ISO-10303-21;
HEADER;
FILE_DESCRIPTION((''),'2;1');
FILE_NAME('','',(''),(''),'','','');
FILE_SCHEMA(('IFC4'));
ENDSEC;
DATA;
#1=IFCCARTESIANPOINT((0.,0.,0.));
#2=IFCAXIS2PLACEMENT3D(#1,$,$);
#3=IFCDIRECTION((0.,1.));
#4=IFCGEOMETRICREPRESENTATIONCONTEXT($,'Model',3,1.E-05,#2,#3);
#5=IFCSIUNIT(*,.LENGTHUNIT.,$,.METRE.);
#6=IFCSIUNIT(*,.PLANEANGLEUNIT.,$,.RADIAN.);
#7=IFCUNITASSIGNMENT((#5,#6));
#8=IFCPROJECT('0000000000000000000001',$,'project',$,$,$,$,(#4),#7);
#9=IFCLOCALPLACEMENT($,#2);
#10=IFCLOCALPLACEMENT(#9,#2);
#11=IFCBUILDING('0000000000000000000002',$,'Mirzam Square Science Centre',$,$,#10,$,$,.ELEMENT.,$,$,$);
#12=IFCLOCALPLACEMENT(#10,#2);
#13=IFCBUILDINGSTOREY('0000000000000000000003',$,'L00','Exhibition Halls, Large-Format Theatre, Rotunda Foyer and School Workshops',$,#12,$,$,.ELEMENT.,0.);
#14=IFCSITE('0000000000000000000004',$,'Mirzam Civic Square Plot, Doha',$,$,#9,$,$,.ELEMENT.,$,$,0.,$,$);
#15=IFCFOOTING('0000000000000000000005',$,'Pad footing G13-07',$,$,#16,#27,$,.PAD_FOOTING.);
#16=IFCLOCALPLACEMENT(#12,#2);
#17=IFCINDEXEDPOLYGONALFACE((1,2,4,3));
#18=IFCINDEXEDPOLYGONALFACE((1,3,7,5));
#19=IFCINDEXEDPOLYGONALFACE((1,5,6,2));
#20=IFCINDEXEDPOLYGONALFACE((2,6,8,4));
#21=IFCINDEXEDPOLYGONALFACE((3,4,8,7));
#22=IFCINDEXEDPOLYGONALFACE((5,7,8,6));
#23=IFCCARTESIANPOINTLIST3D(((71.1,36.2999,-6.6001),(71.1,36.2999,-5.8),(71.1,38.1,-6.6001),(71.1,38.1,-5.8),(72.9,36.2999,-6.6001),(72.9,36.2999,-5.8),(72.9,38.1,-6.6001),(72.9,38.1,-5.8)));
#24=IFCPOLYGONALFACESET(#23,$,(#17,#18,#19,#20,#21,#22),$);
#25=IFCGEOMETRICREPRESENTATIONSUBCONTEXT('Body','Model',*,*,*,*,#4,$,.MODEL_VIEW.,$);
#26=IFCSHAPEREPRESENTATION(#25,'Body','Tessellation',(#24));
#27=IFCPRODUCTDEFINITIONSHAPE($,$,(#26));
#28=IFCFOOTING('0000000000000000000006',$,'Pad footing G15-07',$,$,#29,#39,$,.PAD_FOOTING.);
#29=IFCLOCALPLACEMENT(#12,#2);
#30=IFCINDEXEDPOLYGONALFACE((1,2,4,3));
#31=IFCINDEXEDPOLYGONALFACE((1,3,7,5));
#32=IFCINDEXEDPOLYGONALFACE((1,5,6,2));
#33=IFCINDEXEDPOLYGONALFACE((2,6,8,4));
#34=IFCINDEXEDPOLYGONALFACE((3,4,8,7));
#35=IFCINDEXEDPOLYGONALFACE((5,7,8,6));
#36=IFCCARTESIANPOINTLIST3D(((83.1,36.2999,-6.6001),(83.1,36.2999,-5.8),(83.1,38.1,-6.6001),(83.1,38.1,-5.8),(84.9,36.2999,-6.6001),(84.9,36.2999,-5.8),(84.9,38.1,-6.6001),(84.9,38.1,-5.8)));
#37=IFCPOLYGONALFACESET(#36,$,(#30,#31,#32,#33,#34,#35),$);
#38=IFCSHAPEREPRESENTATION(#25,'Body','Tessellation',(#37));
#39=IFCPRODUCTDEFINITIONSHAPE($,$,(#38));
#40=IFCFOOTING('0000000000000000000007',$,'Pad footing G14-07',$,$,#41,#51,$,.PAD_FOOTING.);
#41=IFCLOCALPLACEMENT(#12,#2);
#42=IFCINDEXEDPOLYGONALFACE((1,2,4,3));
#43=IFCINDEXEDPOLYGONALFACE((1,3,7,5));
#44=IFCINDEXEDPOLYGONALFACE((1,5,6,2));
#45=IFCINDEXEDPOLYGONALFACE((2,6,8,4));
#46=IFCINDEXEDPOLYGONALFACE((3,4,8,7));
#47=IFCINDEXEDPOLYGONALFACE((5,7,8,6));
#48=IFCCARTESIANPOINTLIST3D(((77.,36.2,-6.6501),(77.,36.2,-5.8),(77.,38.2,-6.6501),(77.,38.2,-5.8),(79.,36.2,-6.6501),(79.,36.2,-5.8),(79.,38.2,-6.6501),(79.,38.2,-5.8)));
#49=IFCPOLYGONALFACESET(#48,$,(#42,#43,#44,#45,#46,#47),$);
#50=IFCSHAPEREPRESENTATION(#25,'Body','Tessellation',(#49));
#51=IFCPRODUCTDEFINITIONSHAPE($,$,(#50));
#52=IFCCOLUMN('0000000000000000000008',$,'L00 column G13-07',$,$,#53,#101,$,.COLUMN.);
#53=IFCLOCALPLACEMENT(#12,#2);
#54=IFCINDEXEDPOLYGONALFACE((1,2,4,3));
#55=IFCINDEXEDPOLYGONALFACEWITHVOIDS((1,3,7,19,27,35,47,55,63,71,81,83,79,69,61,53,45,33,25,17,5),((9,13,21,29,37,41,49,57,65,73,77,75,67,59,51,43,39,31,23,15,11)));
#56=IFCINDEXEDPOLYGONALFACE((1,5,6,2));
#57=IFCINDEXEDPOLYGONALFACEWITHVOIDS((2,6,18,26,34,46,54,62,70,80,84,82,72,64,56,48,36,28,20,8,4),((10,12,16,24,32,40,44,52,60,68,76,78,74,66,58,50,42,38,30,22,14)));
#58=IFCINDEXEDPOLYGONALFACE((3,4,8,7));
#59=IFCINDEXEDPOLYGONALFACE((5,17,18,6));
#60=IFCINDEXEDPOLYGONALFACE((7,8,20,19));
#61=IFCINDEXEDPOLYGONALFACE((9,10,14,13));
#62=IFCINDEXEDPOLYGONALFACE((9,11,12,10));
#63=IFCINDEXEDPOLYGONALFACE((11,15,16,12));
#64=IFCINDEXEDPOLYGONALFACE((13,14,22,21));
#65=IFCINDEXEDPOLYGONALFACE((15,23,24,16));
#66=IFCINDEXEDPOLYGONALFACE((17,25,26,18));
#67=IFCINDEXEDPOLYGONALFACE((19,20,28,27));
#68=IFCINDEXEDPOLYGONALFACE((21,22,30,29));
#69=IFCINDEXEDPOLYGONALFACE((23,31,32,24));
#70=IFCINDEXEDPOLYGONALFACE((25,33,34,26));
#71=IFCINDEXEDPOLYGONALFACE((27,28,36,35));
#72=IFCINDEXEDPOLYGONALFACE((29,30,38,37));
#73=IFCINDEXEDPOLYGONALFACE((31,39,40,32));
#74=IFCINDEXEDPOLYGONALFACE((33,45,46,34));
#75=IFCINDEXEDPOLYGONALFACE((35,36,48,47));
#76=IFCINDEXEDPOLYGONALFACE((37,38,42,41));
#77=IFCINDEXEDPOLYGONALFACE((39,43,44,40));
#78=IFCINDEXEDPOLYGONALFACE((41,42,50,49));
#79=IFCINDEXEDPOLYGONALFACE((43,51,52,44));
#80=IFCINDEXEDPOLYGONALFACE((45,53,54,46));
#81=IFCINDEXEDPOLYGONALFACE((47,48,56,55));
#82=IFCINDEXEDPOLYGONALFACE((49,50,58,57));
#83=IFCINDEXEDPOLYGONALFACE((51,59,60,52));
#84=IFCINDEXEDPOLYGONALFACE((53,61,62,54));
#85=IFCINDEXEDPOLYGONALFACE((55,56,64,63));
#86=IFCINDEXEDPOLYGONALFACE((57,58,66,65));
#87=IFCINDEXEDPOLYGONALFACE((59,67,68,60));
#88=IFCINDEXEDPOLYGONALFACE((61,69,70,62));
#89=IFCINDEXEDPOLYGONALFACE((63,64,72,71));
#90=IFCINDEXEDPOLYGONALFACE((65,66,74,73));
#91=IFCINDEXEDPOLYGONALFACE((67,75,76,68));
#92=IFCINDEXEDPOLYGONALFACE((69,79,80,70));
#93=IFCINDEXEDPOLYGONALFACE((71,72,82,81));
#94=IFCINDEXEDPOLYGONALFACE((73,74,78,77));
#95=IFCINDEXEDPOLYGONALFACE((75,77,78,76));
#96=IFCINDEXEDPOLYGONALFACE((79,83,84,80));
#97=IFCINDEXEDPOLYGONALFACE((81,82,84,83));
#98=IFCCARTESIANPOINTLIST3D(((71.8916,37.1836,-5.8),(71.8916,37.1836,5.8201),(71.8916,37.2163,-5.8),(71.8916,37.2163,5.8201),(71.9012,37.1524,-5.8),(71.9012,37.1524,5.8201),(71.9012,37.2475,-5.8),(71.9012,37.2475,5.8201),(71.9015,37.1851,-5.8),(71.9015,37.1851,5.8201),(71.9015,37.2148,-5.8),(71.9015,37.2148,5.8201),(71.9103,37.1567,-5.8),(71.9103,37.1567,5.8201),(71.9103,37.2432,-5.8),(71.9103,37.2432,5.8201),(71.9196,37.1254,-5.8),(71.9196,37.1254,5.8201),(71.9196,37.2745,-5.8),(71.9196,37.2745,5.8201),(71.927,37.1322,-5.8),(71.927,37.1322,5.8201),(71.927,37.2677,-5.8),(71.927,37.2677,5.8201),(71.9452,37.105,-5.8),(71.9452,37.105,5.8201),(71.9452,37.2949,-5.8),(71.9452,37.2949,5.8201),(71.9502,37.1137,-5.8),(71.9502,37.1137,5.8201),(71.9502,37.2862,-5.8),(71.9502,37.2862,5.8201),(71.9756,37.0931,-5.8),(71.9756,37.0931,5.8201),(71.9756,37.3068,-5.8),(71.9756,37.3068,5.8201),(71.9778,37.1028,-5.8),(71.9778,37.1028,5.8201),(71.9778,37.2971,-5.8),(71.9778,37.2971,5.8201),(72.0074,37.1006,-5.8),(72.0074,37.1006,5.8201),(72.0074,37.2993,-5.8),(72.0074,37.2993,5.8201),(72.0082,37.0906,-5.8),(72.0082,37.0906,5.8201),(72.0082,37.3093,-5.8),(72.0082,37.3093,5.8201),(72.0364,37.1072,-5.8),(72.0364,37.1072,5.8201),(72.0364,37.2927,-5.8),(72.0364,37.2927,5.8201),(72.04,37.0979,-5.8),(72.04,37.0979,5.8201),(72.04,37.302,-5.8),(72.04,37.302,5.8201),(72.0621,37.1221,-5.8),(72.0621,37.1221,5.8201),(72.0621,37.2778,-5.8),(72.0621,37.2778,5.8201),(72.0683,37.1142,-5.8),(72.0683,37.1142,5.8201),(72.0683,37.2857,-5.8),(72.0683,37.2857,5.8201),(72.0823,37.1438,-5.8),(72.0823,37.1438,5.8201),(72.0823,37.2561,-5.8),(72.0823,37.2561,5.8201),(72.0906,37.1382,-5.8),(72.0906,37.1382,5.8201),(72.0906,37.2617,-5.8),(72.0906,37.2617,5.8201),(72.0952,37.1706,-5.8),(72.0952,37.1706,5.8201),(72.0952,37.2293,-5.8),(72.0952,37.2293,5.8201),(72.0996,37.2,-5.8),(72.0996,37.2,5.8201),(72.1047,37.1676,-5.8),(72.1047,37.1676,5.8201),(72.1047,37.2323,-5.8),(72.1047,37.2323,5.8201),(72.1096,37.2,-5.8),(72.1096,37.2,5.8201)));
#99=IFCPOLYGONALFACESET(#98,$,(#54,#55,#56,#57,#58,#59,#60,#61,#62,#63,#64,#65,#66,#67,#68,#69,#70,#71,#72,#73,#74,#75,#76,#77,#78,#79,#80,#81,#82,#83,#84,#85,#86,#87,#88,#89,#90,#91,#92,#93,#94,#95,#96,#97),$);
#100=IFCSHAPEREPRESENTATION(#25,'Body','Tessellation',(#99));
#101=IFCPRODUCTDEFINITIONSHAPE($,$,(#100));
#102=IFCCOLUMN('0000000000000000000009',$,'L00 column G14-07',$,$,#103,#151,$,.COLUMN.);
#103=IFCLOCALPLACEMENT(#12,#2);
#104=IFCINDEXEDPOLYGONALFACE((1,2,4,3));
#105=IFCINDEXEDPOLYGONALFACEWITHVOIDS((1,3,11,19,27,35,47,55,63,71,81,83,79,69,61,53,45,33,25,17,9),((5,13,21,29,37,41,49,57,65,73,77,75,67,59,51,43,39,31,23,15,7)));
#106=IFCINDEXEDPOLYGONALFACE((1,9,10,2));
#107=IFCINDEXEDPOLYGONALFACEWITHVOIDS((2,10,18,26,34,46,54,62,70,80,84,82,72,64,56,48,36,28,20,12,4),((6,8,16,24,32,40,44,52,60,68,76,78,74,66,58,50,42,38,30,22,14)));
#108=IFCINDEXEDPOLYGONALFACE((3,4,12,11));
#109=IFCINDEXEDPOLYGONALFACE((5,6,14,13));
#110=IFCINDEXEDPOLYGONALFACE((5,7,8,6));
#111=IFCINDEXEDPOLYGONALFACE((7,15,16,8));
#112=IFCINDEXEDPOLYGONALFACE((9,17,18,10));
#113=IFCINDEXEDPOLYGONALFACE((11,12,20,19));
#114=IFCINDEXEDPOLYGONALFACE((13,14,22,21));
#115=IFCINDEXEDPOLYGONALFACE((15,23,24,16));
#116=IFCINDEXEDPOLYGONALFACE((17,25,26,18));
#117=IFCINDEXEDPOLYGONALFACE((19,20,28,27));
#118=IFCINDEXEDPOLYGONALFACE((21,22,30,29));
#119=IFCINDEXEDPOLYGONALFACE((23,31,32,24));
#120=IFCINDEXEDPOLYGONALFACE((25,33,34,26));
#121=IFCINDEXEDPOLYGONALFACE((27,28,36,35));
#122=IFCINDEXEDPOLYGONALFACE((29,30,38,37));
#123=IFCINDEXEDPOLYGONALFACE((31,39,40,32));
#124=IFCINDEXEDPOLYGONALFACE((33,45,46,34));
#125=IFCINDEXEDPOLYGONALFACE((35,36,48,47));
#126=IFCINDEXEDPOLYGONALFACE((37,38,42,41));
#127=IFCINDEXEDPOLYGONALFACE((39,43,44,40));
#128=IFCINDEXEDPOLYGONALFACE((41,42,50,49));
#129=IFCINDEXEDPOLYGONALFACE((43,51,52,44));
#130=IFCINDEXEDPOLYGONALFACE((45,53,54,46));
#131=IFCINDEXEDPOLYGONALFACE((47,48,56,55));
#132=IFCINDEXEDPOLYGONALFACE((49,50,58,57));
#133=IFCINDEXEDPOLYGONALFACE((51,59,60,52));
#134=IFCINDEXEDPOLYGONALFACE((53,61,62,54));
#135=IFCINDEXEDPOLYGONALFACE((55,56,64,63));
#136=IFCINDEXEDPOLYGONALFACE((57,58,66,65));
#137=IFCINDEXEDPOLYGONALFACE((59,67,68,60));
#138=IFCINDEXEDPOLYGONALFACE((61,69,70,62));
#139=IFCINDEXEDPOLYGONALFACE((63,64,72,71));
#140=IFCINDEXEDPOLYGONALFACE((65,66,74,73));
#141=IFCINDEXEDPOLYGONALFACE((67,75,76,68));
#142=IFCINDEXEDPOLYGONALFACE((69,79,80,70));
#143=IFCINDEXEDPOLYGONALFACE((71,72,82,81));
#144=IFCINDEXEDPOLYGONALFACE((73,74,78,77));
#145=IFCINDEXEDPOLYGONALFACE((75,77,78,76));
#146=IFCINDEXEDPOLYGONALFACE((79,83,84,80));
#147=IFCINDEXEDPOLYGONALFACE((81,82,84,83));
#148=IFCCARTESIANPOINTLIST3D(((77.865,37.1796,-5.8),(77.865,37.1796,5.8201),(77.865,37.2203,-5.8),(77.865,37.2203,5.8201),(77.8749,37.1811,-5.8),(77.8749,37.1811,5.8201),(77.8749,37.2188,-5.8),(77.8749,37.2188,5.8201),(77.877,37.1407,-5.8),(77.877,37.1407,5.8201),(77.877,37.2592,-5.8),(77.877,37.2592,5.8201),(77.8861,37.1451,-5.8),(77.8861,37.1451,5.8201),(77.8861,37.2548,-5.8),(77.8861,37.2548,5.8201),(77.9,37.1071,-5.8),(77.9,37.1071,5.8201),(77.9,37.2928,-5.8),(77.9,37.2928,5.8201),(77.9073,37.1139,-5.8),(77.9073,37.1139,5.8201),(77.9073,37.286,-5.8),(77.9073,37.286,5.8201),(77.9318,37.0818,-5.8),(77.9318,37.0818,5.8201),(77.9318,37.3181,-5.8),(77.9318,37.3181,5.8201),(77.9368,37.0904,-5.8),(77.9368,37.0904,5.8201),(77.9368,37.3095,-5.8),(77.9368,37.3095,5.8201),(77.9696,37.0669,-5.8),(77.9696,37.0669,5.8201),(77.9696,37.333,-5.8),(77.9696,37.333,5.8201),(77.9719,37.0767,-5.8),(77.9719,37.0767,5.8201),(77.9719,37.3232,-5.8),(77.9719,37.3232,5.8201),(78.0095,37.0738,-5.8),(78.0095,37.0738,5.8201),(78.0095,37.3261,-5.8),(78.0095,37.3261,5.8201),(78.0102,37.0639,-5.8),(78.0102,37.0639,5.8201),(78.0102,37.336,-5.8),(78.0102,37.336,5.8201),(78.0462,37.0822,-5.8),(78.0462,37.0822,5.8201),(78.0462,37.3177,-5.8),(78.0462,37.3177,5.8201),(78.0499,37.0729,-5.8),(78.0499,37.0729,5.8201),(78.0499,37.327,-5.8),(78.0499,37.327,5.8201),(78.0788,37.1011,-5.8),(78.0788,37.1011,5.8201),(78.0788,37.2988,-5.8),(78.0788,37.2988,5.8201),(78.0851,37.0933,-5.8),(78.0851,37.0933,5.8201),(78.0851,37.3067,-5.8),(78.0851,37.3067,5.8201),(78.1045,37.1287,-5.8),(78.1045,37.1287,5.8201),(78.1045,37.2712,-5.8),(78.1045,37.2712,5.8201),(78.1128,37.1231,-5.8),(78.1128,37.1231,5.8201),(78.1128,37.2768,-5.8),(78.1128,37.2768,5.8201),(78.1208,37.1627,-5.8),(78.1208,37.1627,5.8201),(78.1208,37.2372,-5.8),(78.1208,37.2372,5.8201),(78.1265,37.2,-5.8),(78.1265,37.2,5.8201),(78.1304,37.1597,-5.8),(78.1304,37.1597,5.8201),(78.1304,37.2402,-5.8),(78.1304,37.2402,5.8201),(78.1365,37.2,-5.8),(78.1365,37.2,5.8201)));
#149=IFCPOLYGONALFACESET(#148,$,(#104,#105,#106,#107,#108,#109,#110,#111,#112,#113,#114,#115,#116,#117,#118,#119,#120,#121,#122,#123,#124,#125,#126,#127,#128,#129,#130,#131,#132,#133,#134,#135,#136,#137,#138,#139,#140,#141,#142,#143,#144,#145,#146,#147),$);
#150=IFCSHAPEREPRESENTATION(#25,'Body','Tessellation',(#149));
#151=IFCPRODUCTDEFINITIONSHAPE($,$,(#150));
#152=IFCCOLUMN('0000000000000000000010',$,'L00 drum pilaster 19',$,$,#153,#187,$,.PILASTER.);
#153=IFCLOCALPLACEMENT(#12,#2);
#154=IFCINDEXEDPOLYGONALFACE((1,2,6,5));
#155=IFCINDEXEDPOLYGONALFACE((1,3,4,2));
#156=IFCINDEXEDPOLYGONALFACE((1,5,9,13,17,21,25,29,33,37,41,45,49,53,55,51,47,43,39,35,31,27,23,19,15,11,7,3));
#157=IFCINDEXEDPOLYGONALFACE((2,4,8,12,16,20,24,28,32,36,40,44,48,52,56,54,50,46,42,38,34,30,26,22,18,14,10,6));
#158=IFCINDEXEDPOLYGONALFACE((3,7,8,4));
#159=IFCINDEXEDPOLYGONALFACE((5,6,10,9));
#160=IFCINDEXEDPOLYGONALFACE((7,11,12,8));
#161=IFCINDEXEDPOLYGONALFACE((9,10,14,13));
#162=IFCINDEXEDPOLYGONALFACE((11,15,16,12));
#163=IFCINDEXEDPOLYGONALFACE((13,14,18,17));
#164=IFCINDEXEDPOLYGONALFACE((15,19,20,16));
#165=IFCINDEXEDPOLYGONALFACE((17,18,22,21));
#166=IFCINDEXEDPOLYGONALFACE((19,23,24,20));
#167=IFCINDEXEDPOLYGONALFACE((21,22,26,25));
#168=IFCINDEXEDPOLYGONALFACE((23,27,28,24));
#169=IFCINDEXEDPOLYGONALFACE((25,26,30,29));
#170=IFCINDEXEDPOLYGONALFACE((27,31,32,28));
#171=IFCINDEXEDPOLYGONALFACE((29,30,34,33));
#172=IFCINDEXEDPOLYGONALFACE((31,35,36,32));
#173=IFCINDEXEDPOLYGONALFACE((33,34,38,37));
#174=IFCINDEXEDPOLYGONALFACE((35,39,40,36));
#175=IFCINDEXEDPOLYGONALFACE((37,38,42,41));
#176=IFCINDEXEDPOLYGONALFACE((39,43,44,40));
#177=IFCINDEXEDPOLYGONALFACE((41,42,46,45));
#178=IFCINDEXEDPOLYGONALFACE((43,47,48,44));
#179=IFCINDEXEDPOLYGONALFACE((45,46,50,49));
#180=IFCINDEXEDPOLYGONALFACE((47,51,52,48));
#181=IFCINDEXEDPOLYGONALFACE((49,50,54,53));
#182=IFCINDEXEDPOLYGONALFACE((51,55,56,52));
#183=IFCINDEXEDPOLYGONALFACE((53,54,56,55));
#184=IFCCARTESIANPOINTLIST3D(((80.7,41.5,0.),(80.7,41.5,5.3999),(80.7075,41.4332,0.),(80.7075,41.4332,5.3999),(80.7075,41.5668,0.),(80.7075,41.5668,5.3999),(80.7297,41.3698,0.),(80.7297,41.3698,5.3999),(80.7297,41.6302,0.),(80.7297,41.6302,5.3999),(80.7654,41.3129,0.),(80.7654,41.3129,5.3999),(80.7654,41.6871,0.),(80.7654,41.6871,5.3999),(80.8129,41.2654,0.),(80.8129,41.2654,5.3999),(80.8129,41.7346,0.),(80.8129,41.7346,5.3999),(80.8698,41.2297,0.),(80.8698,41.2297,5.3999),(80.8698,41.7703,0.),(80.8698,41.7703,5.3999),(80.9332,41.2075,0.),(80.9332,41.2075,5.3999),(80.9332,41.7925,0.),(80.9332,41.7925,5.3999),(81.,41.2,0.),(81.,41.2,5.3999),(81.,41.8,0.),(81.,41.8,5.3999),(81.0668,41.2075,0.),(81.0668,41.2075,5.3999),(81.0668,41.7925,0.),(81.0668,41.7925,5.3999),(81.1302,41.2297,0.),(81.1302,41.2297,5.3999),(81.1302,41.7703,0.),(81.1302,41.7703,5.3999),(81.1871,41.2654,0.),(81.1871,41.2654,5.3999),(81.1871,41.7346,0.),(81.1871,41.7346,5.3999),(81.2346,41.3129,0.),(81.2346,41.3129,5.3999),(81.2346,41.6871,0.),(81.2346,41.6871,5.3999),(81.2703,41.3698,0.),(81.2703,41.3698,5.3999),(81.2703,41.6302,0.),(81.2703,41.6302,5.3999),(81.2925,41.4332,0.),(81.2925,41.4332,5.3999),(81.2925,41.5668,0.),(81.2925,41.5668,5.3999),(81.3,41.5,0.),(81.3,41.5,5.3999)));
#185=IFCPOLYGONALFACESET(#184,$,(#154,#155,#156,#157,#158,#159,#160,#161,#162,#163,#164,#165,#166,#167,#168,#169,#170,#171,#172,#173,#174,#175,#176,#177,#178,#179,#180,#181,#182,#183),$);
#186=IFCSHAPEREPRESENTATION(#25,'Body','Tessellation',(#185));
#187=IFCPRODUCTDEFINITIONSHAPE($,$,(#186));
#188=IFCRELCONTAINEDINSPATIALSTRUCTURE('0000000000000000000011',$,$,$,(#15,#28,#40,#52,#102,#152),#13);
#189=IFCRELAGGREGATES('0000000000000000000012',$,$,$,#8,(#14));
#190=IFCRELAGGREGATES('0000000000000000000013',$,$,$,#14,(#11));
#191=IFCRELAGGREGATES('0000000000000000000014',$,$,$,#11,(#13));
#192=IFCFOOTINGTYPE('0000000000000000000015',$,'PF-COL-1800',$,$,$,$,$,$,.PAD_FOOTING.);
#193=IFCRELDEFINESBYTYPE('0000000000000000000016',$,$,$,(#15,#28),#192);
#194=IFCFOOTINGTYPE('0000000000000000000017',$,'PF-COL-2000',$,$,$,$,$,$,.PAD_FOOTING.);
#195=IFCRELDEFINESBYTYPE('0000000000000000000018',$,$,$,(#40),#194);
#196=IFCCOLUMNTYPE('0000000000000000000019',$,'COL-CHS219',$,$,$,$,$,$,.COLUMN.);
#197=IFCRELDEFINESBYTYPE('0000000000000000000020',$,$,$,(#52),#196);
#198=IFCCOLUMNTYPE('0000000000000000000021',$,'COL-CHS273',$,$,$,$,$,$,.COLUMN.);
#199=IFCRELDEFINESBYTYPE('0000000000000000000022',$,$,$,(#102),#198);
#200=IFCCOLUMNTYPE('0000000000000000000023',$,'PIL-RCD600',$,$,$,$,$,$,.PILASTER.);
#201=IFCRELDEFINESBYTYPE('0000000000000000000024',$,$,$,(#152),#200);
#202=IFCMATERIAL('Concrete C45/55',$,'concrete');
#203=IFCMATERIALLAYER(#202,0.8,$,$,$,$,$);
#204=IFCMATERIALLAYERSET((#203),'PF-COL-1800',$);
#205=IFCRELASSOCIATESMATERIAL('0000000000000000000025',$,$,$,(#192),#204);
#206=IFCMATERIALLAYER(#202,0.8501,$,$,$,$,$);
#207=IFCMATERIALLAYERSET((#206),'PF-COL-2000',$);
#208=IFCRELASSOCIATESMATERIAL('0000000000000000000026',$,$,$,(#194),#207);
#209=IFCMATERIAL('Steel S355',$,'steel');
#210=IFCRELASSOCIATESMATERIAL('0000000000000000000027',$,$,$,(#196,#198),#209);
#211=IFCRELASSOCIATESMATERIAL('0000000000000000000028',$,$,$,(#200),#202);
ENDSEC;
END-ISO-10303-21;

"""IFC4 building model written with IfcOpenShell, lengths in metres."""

from ifc_helpers import new_model, si_unit, direction, frame, origin, origin_2d, place, context, subcontext, project, spatial, rectangle, circle, hollow_circle, extrude, material, layer, layer_set, material_profile, profile_set, type_object, element, save


model = new_model("IFC4")

# Units and contexts
model_context = context("Model", 3, precision=1e-05, world=origin(), true_north=direction((0.0, 1.0)))
body_context = subcontext(model_context, "Body", "Model", "MODEL_VIEW")
ifc_project = project(units=[si_unit("LENGTHUNIT", "METRE"), si_unit("PLANEANGLEUNIT", "RADIAN")], contexts=[model_context])

# Site, building, storey
site_placement = place(None, origin())
site = spatial("IfcSite", under=ifc_project, at=site_placement, Name="Mirzam Civic Square Plot, Doha", CompositionType="ELEMENT", RefElevation=0.0)
building_placement = place(site_placement, origin())
building = spatial("IfcBuilding", under=site, at=building_placement, Name="Mirzam Square Science Centre", CompositionType="ELEMENT")
storey_placement = place(building_placement, origin())
storey = spatial("IfcBuildingStorey", under=building, at=storey_placement, Name="L00", Description="Exhibition Halls, Large-Format Theatre, Rotunda Foyer and School Workshops", CompositionType="ELEMENT", Elevation=0.0)

# Footings
ifc_material_1 = material(Name="Concrete C45/55", Category="concrete")
ifc_layer_1 = layer(ifc_material_1, 0.8)
ifc_layer_set_1 = layer_set([ifc_layer_1], Name="PF-COL-1800")
footing_type_1 = type_object("IfcFootingType", Name="PF-COL-1800", PredefinedType="PAD_FOOTING", material=ifc_layer_set_1)
for number, where, z_axis, x_axis, name in (
    (1, (72.0, 37.2, -6.6001), (0.0, 0.0, 1.0), (1.0, 0.0, 0.0), "Pad footing G13-07"),
    (2, (84.0, 37.2, -6.6001), (0.0, 0.0, 1.0), (1.0, 0.0, 0.0), "Pad footing G15-07"),
):
    element("IfcFooting", number, at=place(storey_placement, frame(where, z_axis=z_axis, x_axis=x_axis)), inside=storey, type_object=footing_type_1, Name=name, PredefinedType="PAD_FOOTING", context=body_context, shape_type="SweptSolid", body=[
        extrude(rectangle(XDim=1.8, YDim=1.8, at=origin_2d()), origin(), (0.0, 0.0, 1.0), 0.8),
    ])
ifc_layer_2 = layer(ifc_material_1, 0.8501)
ifc_layer_set_2 = layer_set([ifc_layer_2], Name="PF-COL-2000")
footing_type_2 = type_object("IfcFootingType", Name="PF-COL-2000", PredefinedType="PAD_FOOTING", material=ifc_layer_set_2)
footing_placement = place(storey_placement, frame((78.0, 37.2, -6.6501), z_axis=(0.0, 0.0, 1.0), x_axis=(1.0, 0.0, 0.0)))
element("IfcFooting", 3, at=footing_placement, inside=storey, type_object=footing_type_2, Name="Pad footing G14-07", PredefinedType="PAD_FOOTING", context=body_context, shape_type="SweptSolid", body=[
    extrude(rectangle(XDim=2.0, YDim=2.0, at=origin_2d()), origin(), (0.0, 0.0, 1.0), 0.8501),
])

# Columns
ifc_material_2 = material(Name="Steel S355", Category="steel")
ifc_material_profile_1 = material_profile(ifc_material_2, hollow_circle(Radius=0.1096, WallThickness=0.01, at=origin_2d()), Name="219.1x10.0CHS")
ifc_profile_set_1 = profile_set([ifc_material_profile_1], Name="Steel S355")
column_type_1 = type_object("IfcColumnType", Name="COL-CHS219", PredefinedType="COLUMN", material=ifc_profile_set_1)
column_1_placement = place(storey_placement, frame((72.0, 37.2, -5.8), z_axis=(0.0, 0.0, 1.0), x_axis=(1.0, 0.0, 0.0)))
element("IfcColumn", 4, at=column_1_placement, inside=storey, type_object=column_type_1, Name="L00 column G13-07", PredefinedType="COLUMN", context=body_context, shape_type="SweptSolid", body=[
    extrude(hollow_circle(Radius=0.1096, WallThickness=0.01, at=origin_2d()), origin(), (0.0, 0.0, 1.0), 11.6201),
])
ifc_material_profile_2 = material_profile(ifc_material_2, hollow_circle(Radius=0.1365, WallThickness=0.01, at=origin_2d()), Name="273.0x10.0CHS")
ifc_profile_set_2 = profile_set([ifc_material_profile_2], Name="Steel S355")
column_type_2 = type_object("IfcColumnType", Name="COL-CHS273", PredefinedType="COLUMN", material=ifc_profile_set_2)
column_2_placement = place(storey_placement, frame((78.0, 37.2, -5.8), z_axis=(0.0, 0.0, 1.0), x_axis=(1.0, 0.0, 0.0)))
element("IfcColumn", 5, at=column_2_placement, inside=storey, type_object=column_type_2, Name="L00 column G14-07", PredefinedType="COLUMN", context=body_context, shape_type="SweptSolid", body=[
    extrude(hollow_circle(Radius=0.1365, WallThickness=0.01, at=origin_2d()), origin(), (0.0, 0.0, 1.0), 11.6201),
])
ifc_material_profile_3 = material_profile(ifc_material_1, circle(Radius=0.3, at=origin_2d()), Name="RCD600")
ifc_profile_set_3 = profile_set([ifc_material_profile_3], Name="Concrete C45/55")
column_type_3 = type_object("IfcColumnType", Name="PIL-RCD600", PredefinedType="PILASTER", material=ifc_profile_set_3)
column_3_placement = place(storey_placement, frame((81.0, 41.5, 0.0), z_axis=(0.0, 0.0, 1.0), x_axis=(1.0, 0.0, 0.0)))
element("IfcColumn", 6, at=column_3_placement, inside=storey, type_object=column_type_3, Name="L00 drum pilaster 19", PredefinedType="PILASTER", context=body_context, shape_type="SweptSolid", body=[
    extrude(circle(Radius=0.3, at=origin_2d()), origin(), (0.0, 0.0, 1.0), 5.3999),
])

save(model, "model.ifc")
